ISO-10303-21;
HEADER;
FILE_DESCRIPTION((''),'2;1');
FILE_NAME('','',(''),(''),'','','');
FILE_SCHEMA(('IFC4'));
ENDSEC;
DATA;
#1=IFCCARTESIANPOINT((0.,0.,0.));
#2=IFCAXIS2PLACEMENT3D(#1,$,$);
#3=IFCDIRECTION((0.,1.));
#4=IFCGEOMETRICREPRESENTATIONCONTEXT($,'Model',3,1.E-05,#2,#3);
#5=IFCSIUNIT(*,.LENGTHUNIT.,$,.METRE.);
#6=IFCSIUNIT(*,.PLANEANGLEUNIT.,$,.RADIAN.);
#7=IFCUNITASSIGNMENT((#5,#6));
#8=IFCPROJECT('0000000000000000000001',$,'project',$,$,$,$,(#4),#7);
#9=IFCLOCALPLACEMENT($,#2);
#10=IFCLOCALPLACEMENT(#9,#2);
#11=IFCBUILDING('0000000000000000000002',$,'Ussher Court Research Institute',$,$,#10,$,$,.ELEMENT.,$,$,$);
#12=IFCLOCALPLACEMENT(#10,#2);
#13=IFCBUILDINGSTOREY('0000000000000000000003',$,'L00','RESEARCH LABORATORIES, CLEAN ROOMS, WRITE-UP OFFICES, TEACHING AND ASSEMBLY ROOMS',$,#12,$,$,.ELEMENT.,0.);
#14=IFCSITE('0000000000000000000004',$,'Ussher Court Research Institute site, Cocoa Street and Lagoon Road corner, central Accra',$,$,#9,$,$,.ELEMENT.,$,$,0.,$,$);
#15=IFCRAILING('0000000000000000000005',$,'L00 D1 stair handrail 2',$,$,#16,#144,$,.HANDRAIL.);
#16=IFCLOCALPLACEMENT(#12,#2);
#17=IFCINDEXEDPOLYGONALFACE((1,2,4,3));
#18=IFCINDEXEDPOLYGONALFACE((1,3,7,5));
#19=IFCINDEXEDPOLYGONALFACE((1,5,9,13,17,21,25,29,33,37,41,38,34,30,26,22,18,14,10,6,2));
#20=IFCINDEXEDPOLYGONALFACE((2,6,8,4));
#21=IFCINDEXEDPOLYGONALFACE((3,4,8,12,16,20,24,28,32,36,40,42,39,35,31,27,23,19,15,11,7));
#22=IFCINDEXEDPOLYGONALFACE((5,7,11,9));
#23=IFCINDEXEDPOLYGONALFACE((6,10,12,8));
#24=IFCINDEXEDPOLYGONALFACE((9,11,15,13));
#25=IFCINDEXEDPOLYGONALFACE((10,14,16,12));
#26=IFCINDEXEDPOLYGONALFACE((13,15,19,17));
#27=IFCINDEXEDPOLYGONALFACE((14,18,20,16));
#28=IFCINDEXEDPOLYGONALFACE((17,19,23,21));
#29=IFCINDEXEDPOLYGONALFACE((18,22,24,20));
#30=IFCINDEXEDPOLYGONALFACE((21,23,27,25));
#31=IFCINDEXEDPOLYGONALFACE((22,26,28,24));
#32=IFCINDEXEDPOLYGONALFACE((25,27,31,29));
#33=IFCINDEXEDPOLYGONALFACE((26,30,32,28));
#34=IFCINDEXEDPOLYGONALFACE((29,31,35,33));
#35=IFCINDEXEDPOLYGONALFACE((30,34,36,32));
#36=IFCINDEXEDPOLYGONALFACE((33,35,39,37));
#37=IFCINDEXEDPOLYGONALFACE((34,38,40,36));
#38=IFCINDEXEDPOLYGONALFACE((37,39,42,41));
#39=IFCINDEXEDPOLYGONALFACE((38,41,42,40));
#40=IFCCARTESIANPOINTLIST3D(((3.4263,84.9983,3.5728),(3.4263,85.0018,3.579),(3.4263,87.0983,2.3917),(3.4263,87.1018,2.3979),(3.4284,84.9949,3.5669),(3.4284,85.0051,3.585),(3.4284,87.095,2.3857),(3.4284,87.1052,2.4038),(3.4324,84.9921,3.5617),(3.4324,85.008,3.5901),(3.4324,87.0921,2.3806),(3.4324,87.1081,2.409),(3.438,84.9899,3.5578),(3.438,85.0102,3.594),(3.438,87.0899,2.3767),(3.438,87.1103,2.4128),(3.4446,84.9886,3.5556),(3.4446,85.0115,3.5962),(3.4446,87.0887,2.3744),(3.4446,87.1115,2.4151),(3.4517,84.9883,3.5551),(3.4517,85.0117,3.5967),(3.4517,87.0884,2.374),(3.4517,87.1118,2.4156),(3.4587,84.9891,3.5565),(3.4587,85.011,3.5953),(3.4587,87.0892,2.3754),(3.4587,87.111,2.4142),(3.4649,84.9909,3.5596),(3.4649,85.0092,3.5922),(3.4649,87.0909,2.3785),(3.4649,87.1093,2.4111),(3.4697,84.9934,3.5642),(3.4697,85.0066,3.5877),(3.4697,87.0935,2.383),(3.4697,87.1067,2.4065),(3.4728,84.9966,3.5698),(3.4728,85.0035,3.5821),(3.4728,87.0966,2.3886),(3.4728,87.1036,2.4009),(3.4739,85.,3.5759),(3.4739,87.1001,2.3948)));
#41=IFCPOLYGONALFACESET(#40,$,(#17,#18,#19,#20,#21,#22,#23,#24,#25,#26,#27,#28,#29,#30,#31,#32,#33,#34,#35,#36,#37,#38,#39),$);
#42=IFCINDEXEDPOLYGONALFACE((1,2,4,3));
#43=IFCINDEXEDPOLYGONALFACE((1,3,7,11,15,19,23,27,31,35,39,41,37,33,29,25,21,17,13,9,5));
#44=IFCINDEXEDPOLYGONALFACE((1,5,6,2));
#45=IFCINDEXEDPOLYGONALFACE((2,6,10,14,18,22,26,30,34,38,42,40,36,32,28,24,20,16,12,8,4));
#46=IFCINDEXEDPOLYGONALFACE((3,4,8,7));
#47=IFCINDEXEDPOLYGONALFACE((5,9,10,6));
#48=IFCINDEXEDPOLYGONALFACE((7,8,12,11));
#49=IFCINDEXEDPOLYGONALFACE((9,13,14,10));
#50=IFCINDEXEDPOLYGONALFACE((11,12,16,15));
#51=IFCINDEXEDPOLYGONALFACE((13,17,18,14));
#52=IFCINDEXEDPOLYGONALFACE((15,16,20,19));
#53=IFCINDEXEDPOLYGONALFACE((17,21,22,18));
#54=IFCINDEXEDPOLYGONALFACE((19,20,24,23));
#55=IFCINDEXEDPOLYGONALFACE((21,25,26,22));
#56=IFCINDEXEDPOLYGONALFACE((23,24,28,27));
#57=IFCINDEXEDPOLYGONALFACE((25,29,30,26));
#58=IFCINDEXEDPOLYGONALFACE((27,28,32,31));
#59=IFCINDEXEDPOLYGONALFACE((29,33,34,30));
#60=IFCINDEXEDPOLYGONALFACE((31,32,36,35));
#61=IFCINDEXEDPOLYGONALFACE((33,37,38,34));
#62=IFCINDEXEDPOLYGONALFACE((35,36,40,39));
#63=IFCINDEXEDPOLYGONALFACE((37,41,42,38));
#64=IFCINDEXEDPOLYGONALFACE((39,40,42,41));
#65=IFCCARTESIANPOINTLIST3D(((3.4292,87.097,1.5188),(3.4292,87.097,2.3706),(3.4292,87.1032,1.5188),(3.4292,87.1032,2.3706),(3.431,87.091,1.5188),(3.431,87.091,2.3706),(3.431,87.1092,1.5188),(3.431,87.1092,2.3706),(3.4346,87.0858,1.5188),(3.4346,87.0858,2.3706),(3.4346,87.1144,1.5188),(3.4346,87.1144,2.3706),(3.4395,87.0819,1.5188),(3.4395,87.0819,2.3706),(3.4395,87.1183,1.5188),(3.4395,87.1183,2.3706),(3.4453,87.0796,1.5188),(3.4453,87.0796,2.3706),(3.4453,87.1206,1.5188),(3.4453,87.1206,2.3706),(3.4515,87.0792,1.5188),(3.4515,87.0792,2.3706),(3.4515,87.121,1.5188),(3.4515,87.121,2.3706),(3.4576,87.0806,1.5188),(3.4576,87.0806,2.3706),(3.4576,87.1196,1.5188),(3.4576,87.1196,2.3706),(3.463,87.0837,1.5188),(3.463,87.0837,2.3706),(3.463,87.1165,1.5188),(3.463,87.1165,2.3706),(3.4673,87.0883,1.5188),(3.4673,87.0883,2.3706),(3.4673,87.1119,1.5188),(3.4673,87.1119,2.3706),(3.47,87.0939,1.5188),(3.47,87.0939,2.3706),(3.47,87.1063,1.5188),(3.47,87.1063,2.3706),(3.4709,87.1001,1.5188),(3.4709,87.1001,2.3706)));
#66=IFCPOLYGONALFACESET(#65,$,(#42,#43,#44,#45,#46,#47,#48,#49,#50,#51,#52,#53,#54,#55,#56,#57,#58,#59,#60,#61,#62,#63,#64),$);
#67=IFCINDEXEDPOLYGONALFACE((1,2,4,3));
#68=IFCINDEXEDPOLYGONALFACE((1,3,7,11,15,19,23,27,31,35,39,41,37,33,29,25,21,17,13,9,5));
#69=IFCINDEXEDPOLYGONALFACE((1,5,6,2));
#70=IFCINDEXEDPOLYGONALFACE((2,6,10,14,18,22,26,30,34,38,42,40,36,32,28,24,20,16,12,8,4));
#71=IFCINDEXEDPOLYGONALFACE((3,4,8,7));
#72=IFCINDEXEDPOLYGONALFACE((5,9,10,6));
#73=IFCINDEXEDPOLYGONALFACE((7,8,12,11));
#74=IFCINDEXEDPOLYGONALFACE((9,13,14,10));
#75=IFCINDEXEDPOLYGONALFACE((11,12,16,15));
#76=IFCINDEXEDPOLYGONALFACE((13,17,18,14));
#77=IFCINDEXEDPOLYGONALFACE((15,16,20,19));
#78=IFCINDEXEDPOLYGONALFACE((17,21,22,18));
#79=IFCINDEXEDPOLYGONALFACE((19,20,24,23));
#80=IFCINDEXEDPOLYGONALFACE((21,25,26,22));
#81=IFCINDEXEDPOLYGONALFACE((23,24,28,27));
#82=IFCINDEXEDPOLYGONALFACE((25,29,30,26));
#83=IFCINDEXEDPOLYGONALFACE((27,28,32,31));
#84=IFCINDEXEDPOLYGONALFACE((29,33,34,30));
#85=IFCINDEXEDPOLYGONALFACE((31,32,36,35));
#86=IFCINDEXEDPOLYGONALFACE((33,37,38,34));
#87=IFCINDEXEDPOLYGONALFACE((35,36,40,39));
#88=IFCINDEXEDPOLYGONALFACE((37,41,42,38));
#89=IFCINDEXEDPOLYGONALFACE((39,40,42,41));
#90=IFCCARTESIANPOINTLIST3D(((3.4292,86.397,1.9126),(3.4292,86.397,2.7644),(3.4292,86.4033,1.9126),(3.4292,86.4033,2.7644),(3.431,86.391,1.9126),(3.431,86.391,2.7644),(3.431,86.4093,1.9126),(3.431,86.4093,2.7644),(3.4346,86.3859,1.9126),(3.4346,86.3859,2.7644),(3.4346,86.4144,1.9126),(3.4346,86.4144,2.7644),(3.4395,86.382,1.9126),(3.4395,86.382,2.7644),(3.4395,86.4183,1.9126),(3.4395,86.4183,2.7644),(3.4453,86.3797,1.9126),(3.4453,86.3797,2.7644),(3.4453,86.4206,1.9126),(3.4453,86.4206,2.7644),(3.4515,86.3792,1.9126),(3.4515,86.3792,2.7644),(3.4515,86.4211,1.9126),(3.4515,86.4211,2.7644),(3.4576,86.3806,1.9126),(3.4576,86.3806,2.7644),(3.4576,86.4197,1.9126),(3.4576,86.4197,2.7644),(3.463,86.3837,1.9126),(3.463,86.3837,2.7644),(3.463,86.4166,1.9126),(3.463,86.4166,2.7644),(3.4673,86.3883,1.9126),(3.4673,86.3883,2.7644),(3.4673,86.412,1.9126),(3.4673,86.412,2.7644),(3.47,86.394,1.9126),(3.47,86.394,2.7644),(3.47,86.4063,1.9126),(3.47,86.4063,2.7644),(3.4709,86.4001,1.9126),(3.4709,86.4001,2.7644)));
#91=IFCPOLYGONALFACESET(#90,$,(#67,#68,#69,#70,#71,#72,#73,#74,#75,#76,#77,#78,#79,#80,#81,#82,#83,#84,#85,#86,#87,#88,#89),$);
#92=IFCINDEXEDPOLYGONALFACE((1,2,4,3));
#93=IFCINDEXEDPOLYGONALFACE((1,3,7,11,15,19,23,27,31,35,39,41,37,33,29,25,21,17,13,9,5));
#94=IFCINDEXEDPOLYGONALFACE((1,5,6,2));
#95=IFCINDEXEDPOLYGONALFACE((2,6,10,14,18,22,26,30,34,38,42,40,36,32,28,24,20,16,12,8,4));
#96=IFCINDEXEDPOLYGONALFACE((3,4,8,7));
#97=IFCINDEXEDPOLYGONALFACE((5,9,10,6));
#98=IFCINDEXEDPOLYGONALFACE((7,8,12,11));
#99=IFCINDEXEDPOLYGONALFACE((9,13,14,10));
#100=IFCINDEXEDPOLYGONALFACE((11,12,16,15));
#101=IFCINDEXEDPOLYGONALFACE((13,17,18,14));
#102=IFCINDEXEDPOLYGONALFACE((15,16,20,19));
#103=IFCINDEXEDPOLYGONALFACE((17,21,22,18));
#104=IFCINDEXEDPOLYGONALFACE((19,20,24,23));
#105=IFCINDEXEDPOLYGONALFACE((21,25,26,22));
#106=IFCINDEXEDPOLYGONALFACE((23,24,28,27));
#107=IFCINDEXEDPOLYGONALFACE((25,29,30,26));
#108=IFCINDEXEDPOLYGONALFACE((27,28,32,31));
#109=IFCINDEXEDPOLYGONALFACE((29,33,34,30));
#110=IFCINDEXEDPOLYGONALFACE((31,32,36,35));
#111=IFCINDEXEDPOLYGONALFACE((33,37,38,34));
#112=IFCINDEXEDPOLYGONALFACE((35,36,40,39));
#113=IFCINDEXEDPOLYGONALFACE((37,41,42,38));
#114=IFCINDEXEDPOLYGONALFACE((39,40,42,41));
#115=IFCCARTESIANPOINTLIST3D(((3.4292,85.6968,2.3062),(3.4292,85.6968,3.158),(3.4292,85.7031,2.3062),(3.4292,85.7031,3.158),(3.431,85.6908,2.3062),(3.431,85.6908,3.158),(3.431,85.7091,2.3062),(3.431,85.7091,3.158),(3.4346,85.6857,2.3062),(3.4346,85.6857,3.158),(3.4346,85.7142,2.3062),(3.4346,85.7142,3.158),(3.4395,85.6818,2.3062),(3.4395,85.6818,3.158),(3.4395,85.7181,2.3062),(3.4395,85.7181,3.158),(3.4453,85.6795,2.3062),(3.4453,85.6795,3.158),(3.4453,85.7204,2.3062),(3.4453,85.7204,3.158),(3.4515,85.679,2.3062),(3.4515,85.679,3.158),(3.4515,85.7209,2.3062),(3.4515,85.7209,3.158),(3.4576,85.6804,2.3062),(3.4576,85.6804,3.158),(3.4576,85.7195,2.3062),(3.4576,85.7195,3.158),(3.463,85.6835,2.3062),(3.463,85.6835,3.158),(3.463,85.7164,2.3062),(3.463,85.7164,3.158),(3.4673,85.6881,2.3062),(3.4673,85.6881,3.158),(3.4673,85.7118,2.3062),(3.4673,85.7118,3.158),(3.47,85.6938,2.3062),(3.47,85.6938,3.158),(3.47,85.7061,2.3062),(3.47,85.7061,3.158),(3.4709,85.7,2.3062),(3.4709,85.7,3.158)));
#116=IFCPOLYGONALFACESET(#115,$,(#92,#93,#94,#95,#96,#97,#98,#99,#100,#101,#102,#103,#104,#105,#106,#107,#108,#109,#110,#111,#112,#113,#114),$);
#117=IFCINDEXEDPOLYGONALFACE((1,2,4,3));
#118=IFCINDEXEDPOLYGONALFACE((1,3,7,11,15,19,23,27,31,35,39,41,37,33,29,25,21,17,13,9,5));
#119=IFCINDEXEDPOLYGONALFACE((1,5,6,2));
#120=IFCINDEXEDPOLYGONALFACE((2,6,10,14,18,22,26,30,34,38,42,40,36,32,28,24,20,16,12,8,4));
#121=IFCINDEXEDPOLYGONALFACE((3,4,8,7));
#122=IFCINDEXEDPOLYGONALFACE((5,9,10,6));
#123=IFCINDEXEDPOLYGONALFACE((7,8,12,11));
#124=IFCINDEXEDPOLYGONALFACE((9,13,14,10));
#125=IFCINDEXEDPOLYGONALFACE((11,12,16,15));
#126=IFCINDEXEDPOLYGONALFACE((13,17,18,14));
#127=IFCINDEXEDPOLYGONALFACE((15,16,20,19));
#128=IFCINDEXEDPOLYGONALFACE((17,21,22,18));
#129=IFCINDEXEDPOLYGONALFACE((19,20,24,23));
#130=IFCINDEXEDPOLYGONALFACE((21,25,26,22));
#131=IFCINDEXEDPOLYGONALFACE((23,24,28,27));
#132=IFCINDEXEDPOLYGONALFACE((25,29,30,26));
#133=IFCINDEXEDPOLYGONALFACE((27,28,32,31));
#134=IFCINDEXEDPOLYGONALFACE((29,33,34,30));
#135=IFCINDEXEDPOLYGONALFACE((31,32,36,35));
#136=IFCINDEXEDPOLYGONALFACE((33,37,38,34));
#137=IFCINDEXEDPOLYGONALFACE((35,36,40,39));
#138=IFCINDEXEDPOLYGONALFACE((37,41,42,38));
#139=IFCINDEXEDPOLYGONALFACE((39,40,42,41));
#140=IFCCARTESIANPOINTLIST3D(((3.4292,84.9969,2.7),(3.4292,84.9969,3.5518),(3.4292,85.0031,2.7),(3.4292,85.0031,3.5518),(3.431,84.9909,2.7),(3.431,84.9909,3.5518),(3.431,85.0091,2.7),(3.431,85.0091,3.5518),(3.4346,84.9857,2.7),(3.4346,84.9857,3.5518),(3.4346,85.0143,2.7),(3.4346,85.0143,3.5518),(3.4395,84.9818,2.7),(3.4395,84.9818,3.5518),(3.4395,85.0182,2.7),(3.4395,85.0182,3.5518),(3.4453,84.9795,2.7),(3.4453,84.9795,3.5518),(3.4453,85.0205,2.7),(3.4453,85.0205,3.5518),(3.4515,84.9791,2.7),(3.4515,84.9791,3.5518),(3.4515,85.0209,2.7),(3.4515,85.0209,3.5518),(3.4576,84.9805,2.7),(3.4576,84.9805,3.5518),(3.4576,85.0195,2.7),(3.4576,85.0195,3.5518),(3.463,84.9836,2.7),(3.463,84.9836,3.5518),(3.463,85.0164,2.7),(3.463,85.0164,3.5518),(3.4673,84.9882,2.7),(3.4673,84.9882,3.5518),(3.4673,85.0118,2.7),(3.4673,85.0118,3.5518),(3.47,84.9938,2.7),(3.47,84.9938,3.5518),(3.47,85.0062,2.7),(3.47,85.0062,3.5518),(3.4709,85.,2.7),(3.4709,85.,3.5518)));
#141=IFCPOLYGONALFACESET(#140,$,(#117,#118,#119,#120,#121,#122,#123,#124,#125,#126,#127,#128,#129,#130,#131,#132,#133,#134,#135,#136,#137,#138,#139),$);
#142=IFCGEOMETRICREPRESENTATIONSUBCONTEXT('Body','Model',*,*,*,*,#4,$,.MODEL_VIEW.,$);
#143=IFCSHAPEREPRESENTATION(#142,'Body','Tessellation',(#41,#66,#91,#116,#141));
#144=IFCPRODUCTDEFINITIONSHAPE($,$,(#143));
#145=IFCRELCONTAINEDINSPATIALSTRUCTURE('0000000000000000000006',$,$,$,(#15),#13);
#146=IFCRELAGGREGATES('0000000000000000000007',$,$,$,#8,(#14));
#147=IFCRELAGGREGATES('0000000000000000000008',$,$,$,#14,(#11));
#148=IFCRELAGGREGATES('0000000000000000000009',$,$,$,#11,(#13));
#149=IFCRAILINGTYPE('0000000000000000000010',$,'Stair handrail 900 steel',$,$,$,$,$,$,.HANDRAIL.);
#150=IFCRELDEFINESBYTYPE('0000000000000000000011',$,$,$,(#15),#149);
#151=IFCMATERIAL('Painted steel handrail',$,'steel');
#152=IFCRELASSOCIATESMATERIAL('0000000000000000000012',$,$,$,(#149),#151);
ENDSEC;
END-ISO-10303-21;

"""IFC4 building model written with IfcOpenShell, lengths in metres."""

from ifc_helpers import new_model, si_unit, direction, frame, origin, origin_2d, place, context, subcontext, project, spatial, circle, extrude, material, type_object, element, save


model = new_model("IFC4")

# Units and contexts
model_context = context("Model", 3, precision=1e-05, world=origin(), true_north=direction((0.0, 1.0)))
body_context = subcontext(model_context, "Body", "Model", "MODEL_VIEW")
ifc_project = project(units=[si_unit("LENGTHUNIT", "METRE"), si_unit("PLANEANGLEUNIT", "RADIAN")], contexts=[model_context])

# Site, building, storey
site_placement = place(None, origin())
site = spatial("IfcSite", under=ifc_project, at=site_placement, Name="Ussher Court Research Institute site, Cocoa Street and Lagoon Road corner, central Accra", CompositionType="ELEMENT", RefElevation=0.0)
building_placement = place(site_placement, origin())
building = spatial("IfcBuilding", under=site, at=building_placement, Name="Ussher Court Research Institute", CompositionType="ELEMENT")
storey_placement = place(building_placement, origin())
storey = spatial("IfcBuildingStorey", under=building, at=storey_placement, Name="L00", Description="RESEARCH LABORATORIES, CLEAN ROOMS, WRITE-UP OFFICES, TEACHING AND ASSEMBLY ROOMS", CompositionType="ELEMENT", Elevation=0.0)

# Railing
ifc_material_1 = material(Name="Painted steel handrail", Category="steel")
railing_type_1 = type_object("IfcRailingType", Name="Stair handrail 900 steel", PredefinedType="HANDRAIL", material=ifc_material_1)
railing_1_placement = place(storey_placement, frame((3.45, 87.1001, 1.5188)))
element("IfcRailing", 1, at=railing_1_placement, inside=storey, type_object=railing_type_1, Name="L00 D1 stair handrail 2", PredefinedType="HANDRAIL", context=body_context, shape_type="SweptSolid", body=[
    extrude(circle(Radius=0.0239, at=origin_2d()), frame((0.0, 0.0, 0.876), z_axis=(0.0, -0.871603, 0.490213), x_axis=(1.0, 0.0, 0.0)), (0.0, 0.0, 1.0), 2.4094),
    extrude(circle(Radius=0.021, at=origin_2d()), origin(), (0.0, 0.0, 1.0), 0.8518),
    extrude(circle(Radius=0.021, at=origin_2d()), frame((0.0, -0.7, 0.3938)), (0.0, 0.0, 1.0), 0.8518),
    extrude(circle(Radius=0.021, at=origin_2d()), frame((0.0, -1.4001, 0.7874)), (0.0, 0.0, 1.0), 0.8518),
    extrude(circle(Radius=0.021, at=origin_2d()), frame((0.0, -2.1001, 1.1812)), (0.0, 0.0, 1.0), 0.8518),
])

save(model, "model.ifc")
